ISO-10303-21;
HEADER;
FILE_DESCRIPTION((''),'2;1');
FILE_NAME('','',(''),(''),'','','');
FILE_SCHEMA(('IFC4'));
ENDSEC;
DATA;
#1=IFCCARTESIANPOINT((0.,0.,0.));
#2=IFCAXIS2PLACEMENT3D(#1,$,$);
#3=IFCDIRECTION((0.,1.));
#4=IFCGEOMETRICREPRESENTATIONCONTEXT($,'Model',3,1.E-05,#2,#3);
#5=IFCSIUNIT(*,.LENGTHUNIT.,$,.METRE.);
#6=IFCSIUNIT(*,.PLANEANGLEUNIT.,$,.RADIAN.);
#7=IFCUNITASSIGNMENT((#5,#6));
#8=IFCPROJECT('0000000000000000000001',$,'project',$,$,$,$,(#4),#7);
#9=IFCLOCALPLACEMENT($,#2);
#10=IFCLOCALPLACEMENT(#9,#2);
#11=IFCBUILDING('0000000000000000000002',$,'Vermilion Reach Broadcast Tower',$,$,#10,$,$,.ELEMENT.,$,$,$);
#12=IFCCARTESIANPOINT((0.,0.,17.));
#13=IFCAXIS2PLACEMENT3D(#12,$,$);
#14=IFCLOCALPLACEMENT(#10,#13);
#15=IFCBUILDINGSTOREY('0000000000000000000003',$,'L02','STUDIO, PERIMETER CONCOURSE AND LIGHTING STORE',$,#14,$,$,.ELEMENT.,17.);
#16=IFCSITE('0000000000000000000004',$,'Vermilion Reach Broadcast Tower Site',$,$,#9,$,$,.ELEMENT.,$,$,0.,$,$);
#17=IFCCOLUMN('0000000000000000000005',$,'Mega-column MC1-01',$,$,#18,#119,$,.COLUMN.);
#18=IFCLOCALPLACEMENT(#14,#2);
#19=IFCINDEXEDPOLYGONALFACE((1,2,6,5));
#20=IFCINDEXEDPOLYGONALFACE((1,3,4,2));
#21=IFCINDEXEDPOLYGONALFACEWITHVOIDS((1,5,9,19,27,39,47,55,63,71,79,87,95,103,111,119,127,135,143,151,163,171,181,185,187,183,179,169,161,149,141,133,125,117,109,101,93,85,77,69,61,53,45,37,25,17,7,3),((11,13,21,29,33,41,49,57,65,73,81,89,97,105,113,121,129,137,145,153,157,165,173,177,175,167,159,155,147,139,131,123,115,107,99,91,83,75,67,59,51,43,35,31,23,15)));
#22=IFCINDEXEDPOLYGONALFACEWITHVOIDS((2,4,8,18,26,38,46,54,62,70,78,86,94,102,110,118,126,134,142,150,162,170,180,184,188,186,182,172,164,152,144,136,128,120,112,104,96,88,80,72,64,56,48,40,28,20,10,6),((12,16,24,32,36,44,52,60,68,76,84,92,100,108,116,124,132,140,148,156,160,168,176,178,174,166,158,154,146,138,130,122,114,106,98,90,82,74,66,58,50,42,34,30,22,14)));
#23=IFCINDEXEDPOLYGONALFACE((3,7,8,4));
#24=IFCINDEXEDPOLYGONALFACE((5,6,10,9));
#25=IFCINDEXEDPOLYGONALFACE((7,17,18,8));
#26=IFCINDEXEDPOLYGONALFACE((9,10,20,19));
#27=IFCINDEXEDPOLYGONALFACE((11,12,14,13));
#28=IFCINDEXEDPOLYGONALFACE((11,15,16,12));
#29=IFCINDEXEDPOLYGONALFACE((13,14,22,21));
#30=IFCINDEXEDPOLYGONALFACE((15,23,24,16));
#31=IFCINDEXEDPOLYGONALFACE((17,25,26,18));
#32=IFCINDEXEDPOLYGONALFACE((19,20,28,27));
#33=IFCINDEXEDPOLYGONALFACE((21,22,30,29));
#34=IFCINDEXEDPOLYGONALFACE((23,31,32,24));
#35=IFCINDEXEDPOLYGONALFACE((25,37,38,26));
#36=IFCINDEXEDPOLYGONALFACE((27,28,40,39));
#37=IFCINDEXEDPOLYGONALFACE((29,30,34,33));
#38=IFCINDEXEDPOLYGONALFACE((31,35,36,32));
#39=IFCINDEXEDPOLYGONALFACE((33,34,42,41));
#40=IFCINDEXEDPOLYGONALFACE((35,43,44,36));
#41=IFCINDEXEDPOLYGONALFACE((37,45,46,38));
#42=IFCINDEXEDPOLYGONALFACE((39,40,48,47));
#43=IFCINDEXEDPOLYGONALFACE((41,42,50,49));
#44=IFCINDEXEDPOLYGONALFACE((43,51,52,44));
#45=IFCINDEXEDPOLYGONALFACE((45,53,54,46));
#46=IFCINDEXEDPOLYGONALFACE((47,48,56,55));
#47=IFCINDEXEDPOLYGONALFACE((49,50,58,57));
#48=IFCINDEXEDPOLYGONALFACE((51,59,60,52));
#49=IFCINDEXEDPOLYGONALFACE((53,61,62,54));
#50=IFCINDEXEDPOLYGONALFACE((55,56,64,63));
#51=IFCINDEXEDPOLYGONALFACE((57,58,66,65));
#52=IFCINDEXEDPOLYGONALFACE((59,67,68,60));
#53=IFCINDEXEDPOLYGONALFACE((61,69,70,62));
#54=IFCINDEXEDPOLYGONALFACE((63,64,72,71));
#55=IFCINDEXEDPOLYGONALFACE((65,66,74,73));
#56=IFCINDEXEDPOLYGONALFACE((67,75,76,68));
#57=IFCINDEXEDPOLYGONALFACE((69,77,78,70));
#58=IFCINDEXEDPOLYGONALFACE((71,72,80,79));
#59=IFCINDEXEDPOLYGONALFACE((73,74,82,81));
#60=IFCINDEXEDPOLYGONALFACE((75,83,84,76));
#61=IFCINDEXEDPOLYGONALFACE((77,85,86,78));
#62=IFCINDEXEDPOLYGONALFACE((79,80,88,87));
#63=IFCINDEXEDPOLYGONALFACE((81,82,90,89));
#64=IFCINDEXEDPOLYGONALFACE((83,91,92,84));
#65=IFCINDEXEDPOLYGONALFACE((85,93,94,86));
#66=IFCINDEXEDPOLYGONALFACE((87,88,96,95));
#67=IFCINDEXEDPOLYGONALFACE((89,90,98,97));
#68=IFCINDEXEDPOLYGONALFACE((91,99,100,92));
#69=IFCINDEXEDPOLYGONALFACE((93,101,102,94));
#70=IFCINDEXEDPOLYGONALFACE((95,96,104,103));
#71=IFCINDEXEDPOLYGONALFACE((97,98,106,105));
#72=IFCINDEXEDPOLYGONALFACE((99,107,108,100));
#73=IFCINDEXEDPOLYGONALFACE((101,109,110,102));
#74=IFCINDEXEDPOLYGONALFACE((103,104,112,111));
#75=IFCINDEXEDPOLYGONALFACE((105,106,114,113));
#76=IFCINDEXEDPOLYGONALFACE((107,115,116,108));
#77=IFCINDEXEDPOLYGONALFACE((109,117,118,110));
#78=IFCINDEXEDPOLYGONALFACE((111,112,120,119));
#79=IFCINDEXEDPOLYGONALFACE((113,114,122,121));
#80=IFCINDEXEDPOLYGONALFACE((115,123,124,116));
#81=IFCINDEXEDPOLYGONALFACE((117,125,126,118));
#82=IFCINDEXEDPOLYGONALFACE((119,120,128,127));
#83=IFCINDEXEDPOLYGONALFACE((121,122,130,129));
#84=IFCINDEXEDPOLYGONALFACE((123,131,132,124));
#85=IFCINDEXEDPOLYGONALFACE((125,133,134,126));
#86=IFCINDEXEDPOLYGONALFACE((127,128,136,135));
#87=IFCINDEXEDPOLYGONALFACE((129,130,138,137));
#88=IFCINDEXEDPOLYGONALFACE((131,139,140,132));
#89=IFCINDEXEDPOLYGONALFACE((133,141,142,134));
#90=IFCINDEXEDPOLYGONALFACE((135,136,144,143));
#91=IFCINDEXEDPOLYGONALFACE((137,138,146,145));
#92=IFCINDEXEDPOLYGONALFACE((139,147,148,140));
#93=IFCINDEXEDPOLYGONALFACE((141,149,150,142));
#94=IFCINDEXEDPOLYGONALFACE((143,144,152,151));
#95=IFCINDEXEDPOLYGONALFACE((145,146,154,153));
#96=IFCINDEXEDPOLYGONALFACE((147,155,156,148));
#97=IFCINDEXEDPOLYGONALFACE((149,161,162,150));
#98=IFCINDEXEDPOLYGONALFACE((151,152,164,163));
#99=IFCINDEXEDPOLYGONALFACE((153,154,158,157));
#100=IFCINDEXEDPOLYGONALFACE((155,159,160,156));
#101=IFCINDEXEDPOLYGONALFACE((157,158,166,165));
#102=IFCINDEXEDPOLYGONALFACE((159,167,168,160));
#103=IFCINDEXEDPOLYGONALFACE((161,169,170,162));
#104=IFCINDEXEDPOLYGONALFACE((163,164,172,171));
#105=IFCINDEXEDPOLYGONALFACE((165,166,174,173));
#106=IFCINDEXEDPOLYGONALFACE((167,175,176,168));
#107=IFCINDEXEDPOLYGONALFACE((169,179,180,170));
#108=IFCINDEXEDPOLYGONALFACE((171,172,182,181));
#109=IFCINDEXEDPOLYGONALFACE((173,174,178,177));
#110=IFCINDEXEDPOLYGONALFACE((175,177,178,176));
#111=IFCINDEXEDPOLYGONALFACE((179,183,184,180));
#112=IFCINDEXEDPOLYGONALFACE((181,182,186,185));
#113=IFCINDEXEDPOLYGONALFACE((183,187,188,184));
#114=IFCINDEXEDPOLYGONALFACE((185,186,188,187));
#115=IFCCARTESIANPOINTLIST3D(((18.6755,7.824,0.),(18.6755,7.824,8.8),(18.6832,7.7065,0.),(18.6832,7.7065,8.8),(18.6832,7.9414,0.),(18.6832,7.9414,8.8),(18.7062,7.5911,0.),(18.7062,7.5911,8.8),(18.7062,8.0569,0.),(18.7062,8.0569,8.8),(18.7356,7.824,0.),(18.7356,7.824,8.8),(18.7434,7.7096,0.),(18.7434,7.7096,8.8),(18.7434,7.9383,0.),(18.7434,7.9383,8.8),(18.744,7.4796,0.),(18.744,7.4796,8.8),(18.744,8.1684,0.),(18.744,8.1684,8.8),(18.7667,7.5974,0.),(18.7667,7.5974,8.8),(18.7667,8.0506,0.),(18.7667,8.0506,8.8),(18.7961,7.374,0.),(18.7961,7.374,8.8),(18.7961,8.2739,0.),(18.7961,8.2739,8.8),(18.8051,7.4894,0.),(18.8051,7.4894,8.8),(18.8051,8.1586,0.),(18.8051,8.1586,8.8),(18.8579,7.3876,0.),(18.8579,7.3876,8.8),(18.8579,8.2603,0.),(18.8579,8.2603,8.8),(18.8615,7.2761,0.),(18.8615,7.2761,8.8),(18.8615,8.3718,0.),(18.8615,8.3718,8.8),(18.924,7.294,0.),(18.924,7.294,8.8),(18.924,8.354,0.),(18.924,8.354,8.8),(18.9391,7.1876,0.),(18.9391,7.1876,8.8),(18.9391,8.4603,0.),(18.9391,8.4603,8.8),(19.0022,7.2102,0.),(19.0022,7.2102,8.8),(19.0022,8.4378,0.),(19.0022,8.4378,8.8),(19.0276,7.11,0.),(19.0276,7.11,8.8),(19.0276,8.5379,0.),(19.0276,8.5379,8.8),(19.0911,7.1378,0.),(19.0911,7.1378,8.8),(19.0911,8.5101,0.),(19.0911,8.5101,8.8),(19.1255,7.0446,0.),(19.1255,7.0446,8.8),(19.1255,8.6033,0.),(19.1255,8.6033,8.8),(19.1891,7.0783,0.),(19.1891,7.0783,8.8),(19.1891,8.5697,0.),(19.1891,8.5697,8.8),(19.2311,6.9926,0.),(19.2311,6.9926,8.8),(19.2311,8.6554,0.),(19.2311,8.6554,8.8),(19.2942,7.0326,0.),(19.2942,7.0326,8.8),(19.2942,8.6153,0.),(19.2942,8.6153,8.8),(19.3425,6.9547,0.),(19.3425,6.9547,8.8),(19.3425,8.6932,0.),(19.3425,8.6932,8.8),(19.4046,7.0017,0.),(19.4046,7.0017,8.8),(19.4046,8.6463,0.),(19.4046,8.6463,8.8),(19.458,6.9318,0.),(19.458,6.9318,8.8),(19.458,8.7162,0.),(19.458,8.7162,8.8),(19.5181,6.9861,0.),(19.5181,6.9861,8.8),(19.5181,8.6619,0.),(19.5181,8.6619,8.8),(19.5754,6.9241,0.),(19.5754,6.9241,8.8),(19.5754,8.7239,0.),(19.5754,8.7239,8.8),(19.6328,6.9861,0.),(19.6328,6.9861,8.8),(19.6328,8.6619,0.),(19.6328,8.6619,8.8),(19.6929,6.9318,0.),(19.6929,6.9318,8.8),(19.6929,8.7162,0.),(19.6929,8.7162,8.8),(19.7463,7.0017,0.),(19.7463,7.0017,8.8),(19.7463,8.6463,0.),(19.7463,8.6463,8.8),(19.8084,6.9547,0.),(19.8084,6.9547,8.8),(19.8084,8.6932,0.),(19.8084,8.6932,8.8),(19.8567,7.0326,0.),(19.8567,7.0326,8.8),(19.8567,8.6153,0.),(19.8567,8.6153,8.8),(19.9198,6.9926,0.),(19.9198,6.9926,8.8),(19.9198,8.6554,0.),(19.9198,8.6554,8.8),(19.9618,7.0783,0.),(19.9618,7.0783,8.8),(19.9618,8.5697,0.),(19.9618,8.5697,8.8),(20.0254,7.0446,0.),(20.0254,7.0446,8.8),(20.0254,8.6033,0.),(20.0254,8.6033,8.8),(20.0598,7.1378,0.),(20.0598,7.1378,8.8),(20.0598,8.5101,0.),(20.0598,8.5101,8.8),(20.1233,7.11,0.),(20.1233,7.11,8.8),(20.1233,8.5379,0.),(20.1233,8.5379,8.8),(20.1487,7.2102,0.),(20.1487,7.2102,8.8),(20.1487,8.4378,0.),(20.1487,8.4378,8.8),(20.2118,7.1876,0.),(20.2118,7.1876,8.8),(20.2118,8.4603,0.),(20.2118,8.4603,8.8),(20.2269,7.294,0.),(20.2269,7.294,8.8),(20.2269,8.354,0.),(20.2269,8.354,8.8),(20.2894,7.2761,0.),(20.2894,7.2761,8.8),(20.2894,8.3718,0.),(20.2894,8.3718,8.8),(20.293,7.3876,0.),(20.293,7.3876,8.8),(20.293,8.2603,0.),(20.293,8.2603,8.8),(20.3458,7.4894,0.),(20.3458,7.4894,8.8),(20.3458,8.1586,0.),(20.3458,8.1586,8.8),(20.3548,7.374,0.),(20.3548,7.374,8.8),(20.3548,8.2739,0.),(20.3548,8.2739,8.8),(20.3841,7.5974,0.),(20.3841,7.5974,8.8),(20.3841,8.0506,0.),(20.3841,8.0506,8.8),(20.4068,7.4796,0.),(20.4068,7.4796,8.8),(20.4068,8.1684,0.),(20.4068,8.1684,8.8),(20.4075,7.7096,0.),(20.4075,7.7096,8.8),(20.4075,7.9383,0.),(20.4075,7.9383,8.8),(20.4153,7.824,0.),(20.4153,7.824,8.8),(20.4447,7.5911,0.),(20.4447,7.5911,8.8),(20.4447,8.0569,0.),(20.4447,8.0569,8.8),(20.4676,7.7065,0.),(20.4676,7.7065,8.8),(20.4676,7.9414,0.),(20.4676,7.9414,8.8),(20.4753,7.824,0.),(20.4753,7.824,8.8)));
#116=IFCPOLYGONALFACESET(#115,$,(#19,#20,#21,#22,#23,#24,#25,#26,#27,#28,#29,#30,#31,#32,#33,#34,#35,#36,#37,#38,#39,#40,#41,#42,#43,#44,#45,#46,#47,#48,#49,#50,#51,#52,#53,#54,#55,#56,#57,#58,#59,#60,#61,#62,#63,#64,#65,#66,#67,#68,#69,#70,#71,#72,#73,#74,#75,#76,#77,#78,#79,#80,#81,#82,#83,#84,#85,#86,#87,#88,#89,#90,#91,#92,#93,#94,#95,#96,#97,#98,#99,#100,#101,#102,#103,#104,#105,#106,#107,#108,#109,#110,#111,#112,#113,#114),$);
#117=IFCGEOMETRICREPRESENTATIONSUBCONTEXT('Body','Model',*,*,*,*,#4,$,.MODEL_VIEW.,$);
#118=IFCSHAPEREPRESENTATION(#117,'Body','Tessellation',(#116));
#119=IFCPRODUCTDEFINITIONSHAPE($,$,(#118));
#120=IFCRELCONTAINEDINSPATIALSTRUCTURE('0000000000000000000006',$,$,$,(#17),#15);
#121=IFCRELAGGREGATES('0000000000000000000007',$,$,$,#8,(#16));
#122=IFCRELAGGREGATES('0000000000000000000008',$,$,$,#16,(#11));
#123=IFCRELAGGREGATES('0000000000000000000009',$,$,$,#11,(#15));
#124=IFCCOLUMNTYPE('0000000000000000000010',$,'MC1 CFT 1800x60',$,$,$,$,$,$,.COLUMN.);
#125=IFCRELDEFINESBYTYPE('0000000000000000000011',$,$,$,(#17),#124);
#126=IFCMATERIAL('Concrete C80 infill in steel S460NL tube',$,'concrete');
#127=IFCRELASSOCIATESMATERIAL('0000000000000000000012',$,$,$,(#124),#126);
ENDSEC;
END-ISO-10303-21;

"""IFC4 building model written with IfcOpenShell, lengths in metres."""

from ifc_helpers import new_model, si_unit, direction, frame, origin, origin_2d, place, context, subcontext, project, spatial, hollow_circle, extrude, material, material_profile, profile_set, type_object, element, save


model = new_model("IFC4")

# Units and contexts
model_context = context("Model", 3, precision=1e-05, world=origin(), true_north=direction((0.0, 1.0)))
body_context = subcontext(model_context, "Body", "Model", "MODEL_VIEW")
ifc_project = project(units=[si_unit("LENGTHUNIT", "METRE"), si_unit("PLANEANGLEUNIT", "RADIAN")], contexts=[model_context])

# Site, building, storey
site_placement = place(None, origin())
site = spatial("IfcSite", under=ifc_project, at=site_placement, Name="Vermilion Reach Broadcast Tower Site", CompositionType="ELEMENT", RefElevation=0.0)
building_placement = place(site_placement, origin())
building = spatial("IfcBuilding", under=site, at=building_placement, Name="Vermilion Reach Broadcast Tower", CompositionType="ELEMENT")
storey_placement = place(building_placement, frame((0.0, 0.0, 17.0)))
storey = spatial("IfcBuildingStorey", under=building, at=storey_placement, Name="L02", Description="STUDIO, PERIMETER CONCOURSE AND LIGHTING STORE", CompositionType="ELEMENT", Elevation=17.0)

# Column
ifc_material_1 = material(Name="Concrete C80 infill in steel S460NL tube", Category="concrete")
ifc_material_profile_1 = material_profile(ifc_material_1, hollow_circle(Radius=0.8999, WallThickness=0.0601, at=origin_2d()), Name="Concrete C80 infill in steel S460NL tube CFT 1800x60")
ifc_profile_set_1 = profile_set([ifc_material_profile_1], Name="Concrete C80 infill in steel S460NL tube")
column_type = type_object("IfcColumnType", Name="MC1 CFT 1800x60", PredefinedType="COLUMN", material=ifc_profile_set_1)
for number, where, z_axis, x_axis, name in (
    (1, (19.5754, 7.824, 0.0), (0.0, 0.0, 1.0), (1.0, 0.0, 0.0), "Mega-column MC1-01"),
):
    element("IfcColumn", number, at=place(storey_placement, frame(where, z_axis=z_axis, x_axis=x_axis)), inside=storey, type_object=column_type, Name=name, PredefinedType="COLUMN", context=body_context, shape_type="SweptSolid", body=[
        extrude(hollow_circle(Radius=0.8999, WallThickness=0.0601, at=origin_2d()), origin(), (0.0, 0.0, 1.0), 8.8),
    ])

save(model, "model.ifc")
